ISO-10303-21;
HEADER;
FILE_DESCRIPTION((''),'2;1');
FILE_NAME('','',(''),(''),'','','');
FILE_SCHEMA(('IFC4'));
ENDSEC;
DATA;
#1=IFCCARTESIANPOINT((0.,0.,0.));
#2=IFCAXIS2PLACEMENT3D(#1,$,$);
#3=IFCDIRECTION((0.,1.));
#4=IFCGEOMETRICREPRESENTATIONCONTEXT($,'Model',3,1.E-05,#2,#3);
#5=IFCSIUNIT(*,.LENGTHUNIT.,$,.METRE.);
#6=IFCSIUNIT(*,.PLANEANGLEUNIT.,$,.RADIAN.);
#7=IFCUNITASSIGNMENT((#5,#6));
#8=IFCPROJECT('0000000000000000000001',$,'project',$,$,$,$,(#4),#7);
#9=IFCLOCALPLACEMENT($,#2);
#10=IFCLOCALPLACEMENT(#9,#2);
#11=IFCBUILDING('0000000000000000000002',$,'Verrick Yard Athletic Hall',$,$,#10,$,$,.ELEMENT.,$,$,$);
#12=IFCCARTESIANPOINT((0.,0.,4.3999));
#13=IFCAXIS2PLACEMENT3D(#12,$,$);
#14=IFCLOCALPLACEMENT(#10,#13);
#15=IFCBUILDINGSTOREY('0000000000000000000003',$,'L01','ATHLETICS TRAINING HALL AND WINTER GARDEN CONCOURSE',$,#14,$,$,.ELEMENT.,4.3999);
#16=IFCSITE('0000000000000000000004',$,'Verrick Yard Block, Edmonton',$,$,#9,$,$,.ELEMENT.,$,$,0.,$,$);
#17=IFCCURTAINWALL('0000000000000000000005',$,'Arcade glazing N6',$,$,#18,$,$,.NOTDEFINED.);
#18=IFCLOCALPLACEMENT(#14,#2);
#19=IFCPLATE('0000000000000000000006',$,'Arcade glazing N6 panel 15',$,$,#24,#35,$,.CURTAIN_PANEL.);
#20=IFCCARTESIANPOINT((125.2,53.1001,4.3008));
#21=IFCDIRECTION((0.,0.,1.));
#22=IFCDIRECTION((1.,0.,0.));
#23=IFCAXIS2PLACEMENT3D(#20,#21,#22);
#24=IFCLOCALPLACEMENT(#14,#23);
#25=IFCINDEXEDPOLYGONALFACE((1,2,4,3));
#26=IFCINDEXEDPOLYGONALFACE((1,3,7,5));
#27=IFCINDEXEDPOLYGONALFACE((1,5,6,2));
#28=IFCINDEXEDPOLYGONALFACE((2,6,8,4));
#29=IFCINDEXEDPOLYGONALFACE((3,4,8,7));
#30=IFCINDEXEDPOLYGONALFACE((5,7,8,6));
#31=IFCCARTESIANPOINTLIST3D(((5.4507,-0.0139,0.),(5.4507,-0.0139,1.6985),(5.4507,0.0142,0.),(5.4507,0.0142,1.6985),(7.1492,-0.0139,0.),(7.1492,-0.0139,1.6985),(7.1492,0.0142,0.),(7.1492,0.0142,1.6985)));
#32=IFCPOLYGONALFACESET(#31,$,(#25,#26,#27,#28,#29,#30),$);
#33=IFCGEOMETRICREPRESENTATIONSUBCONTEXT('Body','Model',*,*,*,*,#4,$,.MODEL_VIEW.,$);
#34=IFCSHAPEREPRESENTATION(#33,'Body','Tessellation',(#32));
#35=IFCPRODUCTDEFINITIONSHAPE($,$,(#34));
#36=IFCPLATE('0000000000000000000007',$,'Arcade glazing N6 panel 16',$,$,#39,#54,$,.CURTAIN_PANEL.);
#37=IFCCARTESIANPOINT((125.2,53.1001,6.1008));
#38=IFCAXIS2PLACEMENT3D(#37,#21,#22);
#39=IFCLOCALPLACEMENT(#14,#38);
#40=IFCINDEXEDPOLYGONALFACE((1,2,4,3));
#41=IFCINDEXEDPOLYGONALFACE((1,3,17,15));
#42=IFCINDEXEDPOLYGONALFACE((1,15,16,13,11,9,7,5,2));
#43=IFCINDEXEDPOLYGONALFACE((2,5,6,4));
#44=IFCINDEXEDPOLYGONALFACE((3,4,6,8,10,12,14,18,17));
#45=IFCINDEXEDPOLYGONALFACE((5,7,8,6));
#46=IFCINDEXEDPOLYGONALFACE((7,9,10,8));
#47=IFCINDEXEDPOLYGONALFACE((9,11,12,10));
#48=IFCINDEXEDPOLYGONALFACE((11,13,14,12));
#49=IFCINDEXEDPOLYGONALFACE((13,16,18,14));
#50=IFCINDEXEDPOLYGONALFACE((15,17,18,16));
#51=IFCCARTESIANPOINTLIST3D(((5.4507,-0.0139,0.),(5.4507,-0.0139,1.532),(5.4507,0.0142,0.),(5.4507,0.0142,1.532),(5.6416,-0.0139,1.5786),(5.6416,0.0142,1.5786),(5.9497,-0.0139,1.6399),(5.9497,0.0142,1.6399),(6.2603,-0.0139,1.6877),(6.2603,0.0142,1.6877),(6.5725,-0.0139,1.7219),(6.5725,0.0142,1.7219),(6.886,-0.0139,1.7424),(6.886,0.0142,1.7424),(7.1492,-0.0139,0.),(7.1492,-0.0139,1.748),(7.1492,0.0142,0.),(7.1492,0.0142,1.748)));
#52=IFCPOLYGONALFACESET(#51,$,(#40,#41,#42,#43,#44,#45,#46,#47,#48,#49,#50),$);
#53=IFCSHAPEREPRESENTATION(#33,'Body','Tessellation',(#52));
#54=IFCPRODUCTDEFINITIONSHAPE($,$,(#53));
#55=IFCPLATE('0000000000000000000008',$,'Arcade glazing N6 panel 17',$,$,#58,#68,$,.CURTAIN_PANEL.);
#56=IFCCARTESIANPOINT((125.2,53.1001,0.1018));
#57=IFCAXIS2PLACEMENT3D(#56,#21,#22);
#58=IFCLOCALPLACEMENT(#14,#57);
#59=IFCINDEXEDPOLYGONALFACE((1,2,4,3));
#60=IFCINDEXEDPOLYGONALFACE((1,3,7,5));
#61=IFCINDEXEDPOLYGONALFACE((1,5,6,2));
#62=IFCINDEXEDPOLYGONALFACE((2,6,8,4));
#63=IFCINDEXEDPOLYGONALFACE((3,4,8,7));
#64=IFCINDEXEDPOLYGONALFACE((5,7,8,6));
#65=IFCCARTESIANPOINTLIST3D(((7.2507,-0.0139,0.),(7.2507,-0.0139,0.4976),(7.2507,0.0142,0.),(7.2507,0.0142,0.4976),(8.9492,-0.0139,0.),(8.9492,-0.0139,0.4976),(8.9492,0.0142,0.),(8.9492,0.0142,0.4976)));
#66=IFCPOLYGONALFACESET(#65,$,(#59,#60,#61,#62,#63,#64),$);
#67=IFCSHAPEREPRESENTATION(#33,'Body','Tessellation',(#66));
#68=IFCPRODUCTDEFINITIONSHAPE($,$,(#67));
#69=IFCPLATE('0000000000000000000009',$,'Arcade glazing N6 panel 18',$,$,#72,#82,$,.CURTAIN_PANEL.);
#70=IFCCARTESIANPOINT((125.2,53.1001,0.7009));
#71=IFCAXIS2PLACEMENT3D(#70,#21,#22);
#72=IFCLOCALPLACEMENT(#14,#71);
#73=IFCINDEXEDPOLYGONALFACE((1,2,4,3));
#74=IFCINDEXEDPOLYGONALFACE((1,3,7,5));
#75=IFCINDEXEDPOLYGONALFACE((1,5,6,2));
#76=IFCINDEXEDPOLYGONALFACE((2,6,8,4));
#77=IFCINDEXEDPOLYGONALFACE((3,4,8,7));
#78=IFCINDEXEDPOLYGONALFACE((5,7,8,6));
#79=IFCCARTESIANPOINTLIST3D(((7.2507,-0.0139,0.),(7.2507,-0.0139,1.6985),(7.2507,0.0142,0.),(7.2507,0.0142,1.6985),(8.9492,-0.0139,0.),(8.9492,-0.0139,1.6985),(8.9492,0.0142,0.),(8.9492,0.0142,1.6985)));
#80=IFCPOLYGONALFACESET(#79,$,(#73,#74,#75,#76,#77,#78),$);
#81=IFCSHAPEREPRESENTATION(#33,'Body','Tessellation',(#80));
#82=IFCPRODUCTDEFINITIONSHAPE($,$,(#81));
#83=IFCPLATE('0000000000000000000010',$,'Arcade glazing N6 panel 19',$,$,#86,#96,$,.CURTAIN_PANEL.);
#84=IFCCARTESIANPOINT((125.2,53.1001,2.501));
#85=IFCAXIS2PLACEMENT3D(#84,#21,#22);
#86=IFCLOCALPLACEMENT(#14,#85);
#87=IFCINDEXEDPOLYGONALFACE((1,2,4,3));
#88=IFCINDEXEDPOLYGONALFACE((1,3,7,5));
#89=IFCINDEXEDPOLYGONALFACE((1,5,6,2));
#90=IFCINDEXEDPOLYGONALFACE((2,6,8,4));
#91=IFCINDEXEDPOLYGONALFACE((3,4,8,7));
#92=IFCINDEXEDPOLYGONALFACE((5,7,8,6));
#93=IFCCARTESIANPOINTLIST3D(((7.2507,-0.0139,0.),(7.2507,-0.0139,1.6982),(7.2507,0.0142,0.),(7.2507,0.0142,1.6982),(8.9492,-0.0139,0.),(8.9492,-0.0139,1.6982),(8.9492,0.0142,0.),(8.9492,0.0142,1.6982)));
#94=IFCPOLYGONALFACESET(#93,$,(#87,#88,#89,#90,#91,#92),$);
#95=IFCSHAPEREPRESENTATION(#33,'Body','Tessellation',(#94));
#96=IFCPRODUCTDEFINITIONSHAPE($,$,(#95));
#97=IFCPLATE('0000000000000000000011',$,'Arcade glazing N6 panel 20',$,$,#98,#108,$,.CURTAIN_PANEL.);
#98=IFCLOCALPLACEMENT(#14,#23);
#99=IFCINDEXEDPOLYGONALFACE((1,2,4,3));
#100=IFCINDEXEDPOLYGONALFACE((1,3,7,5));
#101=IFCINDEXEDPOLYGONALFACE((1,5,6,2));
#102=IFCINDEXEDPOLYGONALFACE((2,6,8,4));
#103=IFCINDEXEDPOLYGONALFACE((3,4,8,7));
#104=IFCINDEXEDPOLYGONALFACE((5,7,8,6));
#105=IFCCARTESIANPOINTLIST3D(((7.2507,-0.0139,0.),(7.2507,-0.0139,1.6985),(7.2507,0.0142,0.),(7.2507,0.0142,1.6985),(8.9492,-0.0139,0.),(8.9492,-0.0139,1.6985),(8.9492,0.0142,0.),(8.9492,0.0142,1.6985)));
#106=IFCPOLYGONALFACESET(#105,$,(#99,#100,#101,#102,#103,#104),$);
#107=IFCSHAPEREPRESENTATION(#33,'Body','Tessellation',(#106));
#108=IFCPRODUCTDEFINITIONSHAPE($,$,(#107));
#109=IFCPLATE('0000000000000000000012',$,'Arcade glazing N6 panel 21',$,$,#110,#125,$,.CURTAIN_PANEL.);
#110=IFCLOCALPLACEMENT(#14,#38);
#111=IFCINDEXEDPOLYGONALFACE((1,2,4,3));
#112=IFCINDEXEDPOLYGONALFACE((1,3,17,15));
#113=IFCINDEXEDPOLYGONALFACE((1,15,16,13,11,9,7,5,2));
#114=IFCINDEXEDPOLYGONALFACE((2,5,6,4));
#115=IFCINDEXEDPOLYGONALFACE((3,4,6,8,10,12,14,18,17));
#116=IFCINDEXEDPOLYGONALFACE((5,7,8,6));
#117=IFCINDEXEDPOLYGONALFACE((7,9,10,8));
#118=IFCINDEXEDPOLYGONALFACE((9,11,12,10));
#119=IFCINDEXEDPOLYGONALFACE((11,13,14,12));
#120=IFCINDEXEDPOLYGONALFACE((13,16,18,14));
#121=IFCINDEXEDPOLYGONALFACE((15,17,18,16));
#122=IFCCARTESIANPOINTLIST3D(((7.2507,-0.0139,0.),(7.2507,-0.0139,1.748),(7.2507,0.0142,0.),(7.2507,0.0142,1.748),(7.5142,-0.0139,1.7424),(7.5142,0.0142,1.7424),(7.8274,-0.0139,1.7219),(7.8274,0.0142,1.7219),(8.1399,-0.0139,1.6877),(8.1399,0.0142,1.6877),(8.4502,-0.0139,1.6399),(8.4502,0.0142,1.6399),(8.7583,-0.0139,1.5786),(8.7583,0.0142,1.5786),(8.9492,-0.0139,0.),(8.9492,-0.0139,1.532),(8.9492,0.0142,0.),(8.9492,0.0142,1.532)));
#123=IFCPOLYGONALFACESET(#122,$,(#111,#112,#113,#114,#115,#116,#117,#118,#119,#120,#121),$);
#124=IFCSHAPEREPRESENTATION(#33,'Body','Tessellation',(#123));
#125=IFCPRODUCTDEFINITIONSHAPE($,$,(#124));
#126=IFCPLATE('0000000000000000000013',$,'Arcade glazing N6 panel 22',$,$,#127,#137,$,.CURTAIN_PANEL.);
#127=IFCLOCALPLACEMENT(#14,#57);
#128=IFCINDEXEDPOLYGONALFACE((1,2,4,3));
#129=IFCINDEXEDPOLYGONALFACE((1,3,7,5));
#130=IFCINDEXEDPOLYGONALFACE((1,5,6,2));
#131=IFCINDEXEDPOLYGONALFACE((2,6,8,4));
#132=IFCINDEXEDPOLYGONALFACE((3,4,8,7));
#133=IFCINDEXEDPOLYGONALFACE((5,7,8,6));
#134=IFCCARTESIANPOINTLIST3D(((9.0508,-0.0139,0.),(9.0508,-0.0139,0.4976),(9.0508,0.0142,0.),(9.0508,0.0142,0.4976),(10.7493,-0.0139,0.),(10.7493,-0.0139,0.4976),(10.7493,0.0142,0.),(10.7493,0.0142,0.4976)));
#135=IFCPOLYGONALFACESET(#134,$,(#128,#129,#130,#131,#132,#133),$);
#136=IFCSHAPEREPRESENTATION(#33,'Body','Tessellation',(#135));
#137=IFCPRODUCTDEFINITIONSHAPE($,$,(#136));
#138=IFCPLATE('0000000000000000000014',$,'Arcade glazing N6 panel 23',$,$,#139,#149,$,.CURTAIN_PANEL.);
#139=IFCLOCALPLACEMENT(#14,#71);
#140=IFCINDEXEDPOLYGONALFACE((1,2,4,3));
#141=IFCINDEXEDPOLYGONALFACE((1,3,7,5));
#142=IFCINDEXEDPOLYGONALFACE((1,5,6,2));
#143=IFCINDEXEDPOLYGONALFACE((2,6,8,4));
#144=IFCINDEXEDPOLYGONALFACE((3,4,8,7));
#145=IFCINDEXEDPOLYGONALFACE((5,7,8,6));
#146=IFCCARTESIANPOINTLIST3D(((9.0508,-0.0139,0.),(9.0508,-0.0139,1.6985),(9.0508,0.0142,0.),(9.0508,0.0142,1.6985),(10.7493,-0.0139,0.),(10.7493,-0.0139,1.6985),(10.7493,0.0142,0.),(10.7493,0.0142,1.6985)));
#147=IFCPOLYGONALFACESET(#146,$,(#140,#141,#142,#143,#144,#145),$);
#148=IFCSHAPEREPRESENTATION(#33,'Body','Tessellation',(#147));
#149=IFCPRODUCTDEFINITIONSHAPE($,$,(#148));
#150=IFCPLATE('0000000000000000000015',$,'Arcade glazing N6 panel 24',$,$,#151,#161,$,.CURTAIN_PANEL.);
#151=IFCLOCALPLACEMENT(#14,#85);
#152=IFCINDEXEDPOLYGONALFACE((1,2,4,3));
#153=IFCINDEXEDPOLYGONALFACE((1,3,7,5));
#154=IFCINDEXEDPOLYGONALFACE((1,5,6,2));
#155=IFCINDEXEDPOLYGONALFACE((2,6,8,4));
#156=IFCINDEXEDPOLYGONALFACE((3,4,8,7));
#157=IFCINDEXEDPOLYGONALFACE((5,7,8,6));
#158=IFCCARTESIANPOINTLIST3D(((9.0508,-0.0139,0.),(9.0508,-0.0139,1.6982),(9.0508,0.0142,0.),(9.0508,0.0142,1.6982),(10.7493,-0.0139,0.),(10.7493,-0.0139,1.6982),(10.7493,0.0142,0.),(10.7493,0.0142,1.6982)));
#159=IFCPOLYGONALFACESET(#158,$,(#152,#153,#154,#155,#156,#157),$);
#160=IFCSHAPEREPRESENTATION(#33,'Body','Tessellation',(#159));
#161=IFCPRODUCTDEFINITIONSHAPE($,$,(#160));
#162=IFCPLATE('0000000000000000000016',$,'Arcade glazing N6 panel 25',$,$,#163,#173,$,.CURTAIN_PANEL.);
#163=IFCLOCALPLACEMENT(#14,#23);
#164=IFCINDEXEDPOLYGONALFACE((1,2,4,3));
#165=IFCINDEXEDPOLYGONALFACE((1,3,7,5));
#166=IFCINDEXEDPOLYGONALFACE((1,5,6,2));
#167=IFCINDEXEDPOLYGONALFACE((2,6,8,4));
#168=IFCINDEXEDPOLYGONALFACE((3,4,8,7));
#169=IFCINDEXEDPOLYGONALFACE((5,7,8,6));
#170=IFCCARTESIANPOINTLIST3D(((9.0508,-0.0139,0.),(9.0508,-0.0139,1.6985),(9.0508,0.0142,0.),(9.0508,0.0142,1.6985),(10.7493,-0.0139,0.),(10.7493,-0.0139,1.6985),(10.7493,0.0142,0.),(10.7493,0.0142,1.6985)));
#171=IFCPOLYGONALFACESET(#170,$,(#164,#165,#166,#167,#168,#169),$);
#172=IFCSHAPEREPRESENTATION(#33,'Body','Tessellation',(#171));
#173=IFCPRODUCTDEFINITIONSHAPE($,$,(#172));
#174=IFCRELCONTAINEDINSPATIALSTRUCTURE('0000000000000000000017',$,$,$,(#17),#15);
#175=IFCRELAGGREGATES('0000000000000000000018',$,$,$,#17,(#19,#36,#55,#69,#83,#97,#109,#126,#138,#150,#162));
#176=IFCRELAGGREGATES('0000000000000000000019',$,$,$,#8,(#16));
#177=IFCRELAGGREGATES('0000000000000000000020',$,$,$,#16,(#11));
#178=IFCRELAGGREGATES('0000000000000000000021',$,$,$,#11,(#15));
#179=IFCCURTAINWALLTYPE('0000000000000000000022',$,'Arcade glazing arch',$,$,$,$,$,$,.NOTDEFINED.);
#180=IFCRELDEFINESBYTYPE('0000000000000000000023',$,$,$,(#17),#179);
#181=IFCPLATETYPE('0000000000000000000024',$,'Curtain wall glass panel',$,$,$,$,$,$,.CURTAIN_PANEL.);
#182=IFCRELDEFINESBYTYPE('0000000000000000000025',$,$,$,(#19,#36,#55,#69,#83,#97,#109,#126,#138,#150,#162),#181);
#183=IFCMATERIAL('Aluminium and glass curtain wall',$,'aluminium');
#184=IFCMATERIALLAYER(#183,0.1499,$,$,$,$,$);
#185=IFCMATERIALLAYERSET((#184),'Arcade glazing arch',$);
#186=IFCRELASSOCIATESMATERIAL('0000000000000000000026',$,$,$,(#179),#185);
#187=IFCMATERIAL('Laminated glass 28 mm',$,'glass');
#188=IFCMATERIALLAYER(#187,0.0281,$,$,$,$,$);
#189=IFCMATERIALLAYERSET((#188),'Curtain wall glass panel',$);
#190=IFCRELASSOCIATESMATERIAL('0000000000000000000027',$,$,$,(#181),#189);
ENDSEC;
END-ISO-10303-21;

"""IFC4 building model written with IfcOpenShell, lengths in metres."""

from ifc_helpers import new_model, si_unit, direction, frame, origin, place, context, subcontext, project, spatial, polyline, outline, extrude, material, layer, layer_set, type_object, element, aggregate, save


model = new_model("IFC4")

# Units and contexts
model_context = context("Model", 3, precision=1e-05, world=origin(), true_north=direction((0.0, 1.0)))
body_context = subcontext(model_context, "Body", "Model", "MODEL_VIEW")
ifc_project = project(units=[si_unit("LENGTHUNIT", "METRE"), si_unit("PLANEANGLEUNIT", "RADIAN")], contexts=[model_context])

# Site, building, storey
site_placement = place(None, origin())
site = spatial("IfcSite", under=ifc_project, at=site_placement, Name="Verrick Yard Block, Edmonton", CompositionType="ELEMENT", RefElevation=0.0)
building_placement = place(site_placement, origin())
building = spatial("IfcBuilding", under=site, at=building_placement, Name="Verrick Yard Athletic Hall", CompositionType="ELEMENT")
storey_placement = place(building_placement, frame((0.0, 0.0, 4.3999)))
storey = spatial("IfcBuildingStorey", under=building, at=storey_placement, Name="L01", Description="ATHLETICS TRAINING HALL AND WINTER GARDEN CONCOURSE", CompositionType="ELEMENT", Elevation=4.3999)

# Curtain wall, plates
ifc_material_1 = material(Name="Aluminium and glass curtain wall", Category="aluminium")
ifc_layer_1 = layer(ifc_material_1, 0.1499)
ifc_layer_set_1 = layer_set([ifc_layer_1], Name="Arcade glazing arch")
curtain_wall_type = type_object("IfcCurtainWallType", Name="Arcade glazing arch", PredefinedType="NOTDEFINED", material=ifc_layer_set_1)
curtain_wall_placement = place(storey_placement, origin())
curtain_wall = element("IfcCurtainWall", 1, at=curtain_wall_placement, inside=storey, type_object=curtain_wall_type, Name="Arcade glazing N6", PredefinedType="NOTDEFINED")
ifc_material_2 = material(Name="Laminated glass 28 mm", Category="glass")
ifc_layer_2 = layer(ifc_material_2, 0.0281)
ifc_layer_set_2 = layer_set([ifc_layer_2], Name="Curtain wall glass panel")
plate_type = type_object("IfcPlateType", Name="Curtain wall glass panel", PredefinedType="CURTAIN_PANEL", material=ifc_layer_set_2)
plate_1_placement = place(storey_placement, frame((125.2, 53.1001, 4.3008), z_axis=(0.0, 0.0, 1.0), x_axis=(1.0, 0.0, 0.0)))
plate_1 = element("IfcPlate", 2, at=plate_1_placement, type_object=plate_type, Name="Arcade glazing N6 panel 15", PredefinedType="CURTAIN_PANEL", context=body_context, shape_type="SweptSolid", body=[
    extrude(outline(polyline([(7.1492, 0.0), (7.1492, 1.6985), (5.4507, 1.6985), (5.4507, 0.0), (7.1492, 0.0)])), frame((0.0, 0.0142, 0.0), z_axis=(0.0, -1.0, 0.0), x_axis=(1.0, 0.0, 0.0)), (0.0, 0.0, 1.0), 0.0281),
])
plate_2_placement = place(storey_placement, frame((125.2, 53.1001, 6.1008), z_axis=(0.0, 0.0, 1.0), x_axis=(1.0, 0.0, 0.0)))
plate_2 = element("IfcPlate", 3, at=plate_2_placement, type_object=plate_type, Name="Arcade glazing N6 panel 16", PredefinedType="CURTAIN_PANEL", context=body_context, shape_type="SweptSolid", body=[
    extrude(outline(polyline([(7.1492, 1.748), (6.886, 1.7424), (6.5725, 1.7219), (6.2603, 1.6877), (5.9497, 1.6399), (5.6416, 1.5786), (5.4507, 1.532), (5.4507, 0.0), (7.1492, 0.0), (7.1492, 1.748)])), frame((0.0, 0.0142, 0.0), z_axis=(0.0, -1.0, 0.0), x_axis=(1.0, 0.0, 0.0)), (0.0, 0.0, 1.0), 0.0281),
])
plate_3_placement = place(storey_placement, frame((125.2, 53.1001, 0.1018), z_axis=(0.0, 0.0, 1.0), x_axis=(1.0, 0.0, 0.0)))
plate_3 = element("IfcPlate", 4, at=plate_3_placement, type_object=plate_type, Name="Arcade glazing N6 panel 17", PredefinedType="CURTAIN_PANEL", context=body_context, shape_type="SweptSolid", body=[
    extrude(outline(polyline([(8.9492, 0.0), (8.9492, 0.4976), (7.2507, 0.4976), (7.2507, 0.0), (8.9492, 0.0)])), frame((0.0, 0.0142, 0.0), z_axis=(0.0, -1.0, 0.0), x_axis=(1.0, 0.0, 0.0)), (0.0, 0.0, 1.0), 0.0281),
])
plate_4_placement = place(storey_placement, frame((125.2, 53.1001, 0.7009), z_axis=(0.0, 0.0, 1.0), x_axis=(1.0, 0.0, 0.0)))
plate_4 = element("IfcPlate", 5, at=plate_4_placement, type_object=plate_type, Name="Arcade glazing N6 panel 18", PredefinedType="CURTAIN_PANEL", context=body_context, shape_type="SweptSolid", body=[
    extrude(outline(polyline([(8.9492, 0.0), (8.9492, 1.6985), (7.2507, 1.6985), (7.2507, 0.0), (8.9492, 0.0)])), frame((0.0, 0.0142, 0.0), z_axis=(0.0, -1.0, 0.0), x_axis=(1.0, 0.0, 0.0)), (0.0, 0.0, 1.0), 0.0281),
])
plate_5_placement = place(storey_placement, frame((125.2, 53.1001, 2.501), z_axis=(0.0, 0.0, 1.0), x_axis=(1.0, 0.0, 0.0)))
plate_5 = element("IfcPlate", 6, at=plate_5_placement, type_object=plate_type, Name="Arcade glazing N6 panel 19", PredefinedType="CURTAIN_PANEL", context=body_context, shape_type="SweptSolid", body=[
    extrude(outline(polyline([(8.9492, 0.0), (8.9492, 1.6982), (7.2507, 1.6982), (7.2507, 0.0), (8.9492, 0.0)])), frame((0.0, 0.0142, 0.0), z_axis=(0.0, -1.0, 0.0), x_axis=(1.0, 0.0, 0.0)), (0.0, 0.0, 1.0), 0.0281),
])
plate_6_placement = place(storey_placement, frame((125.2, 53.1001, 4.3008), z_axis=(0.0, 0.0, 1.0), x_axis=(1.0, 0.0, 0.0)))
plate_6 = element("IfcPlate", 7, at=plate_6_placement, type_object=plate_type, Name="Arcade glazing N6 panel 20", PredefinedType="CURTAIN_PANEL", context=body_context, shape_type="SweptSolid", body=[
    extrude(outline(polyline([(8.9492, 0.0), (8.9492, 1.6985), (7.2507, 1.6985), (7.2507, 0.0), (8.9492, 0.0)])), frame((0.0, 0.0142, 0.0), z_axis=(0.0, -1.0, 0.0), x_axis=(1.0, 0.0, 0.0)), (0.0, 0.0, 1.0), 0.0281),
])
plate_7_placement = place(storey_placement, frame((125.2, 53.1001, 6.1008), z_axis=(0.0, 0.0, 1.0), x_axis=(1.0, 0.0, 0.0)))
plate_7 = element("IfcPlate", 8, at=plate_7_placement, type_object=plate_type, Name="Arcade glazing N6 panel 21", PredefinedType="CURTAIN_PANEL", context=body_context, shape_type="SweptSolid", body=[
    extrude(outline(polyline([(8.9492, 1.532), (8.7583, 1.5786), (8.4502, 1.6399), (8.1399, 1.6877), (7.8274, 1.7219), (7.5142, 1.7424), (7.2507, 1.748), (7.2507, 0.0), (8.9492, 0.0), (8.9492, 1.532)])), frame((0.0, 0.0142, 0.0), z_axis=(0.0, -1.0, 0.0), x_axis=(1.0, 0.0, 0.0)), (0.0, 0.0, 1.0), 0.0281),
])
plate_8_placement = place(storey_placement, frame((125.2, 53.1001, 0.1018), z_axis=(0.0, 0.0, 1.0), x_axis=(1.0, 0.0, 0.0)))
plate_8 = element("IfcPlate", 9, at=plate_8_placement, type_object=plate_type, Name="Arcade glazing N6 panel 22", PredefinedType="CURTAIN_PANEL", context=body_context, shape_type="SweptSolid", body=[
    extrude(outline(polyline([(10.7493, 0.0), (10.7493, 0.4976), (9.0508, 0.4976), (9.0508, 0.0), (10.7493, 0.0)])), frame((0.0, 0.0142, 0.0), z_axis=(0.0, -1.0, 0.0), x_axis=(1.0, 0.0, 0.0)), (0.0, 0.0, 1.0), 0.0281),
])
plate_9_placement = place(storey_placement, frame((125.2, 53.1001, 0.7009), z_axis=(0.0, 0.0, 1.0), x_axis=(1.0, 0.0, 0.0)))
plate_9 = element("IfcPlate", 10, at=plate_9_placement, type_object=plate_type, Name="Arcade glazing N6 panel 23", PredefinedType="CURTAIN_PANEL", context=body_context, shape_type="SweptSolid", body=[
    extrude(outline(polyline([(10.7493, 0.0), (10.7493, 1.6985), (9.0508, 1.6985), (9.0508, 0.0), (10.7493, 0.0)])), frame((0.0, 0.0142, 0.0), z_axis=(0.0, -1.0, 0.0), x_axis=(1.0, 0.0, 0.0)), (0.0, 0.0, 1.0), 0.0281),
])
plate_10_placement = place(storey_placement, frame((125.2, 53.1001, 2.501), z_axis=(0.0, 0.0, 1.0), x_axis=(1.0, 0.0, 0.0)))
plate_10 = element("IfcPlate", 11, at=plate_10_placement, type_object=plate_type, Name="Arcade glazing N6 panel 24", PredefinedType="CURTAIN_PANEL", context=body_context, shape_type="SweptSolid", body=[
    extrude(outline(polyline([(10.7493, 0.0), (10.7493, 1.6982), (9.0508, 1.6982), (9.0508, 0.0), (10.7493, 0.0)])), frame((0.0, 0.0142, 0.0), z_axis=(0.0, -1.0, 0.0), x_axis=(1.0, 0.0, 0.0)), (0.0, 0.0, 1.0), 0.0281),
])
plate_11_placement = place(storey_placement, frame((125.2, 53.1001, 4.3008), z_axis=(0.0, 0.0, 1.0), x_axis=(1.0, 0.0, 0.0)))
plate_11 = element("IfcPlate", 12, at=plate_11_placement, type_object=plate_type, Name="Arcade glazing N6 panel 25", PredefinedType="CURTAIN_PANEL", context=body_context, shape_type="SweptSolid", body=[
    extrude(outline(polyline([(10.7493, 0.0), (10.7493, 1.6985), (9.0508, 1.6985), (9.0508, 0.0), (10.7493, 0.0)])), frame((0.0, 0.0142, 0.0), z_axis=(0.0, -1.0, 0.0), x_axis=(1.0, 0.0, 0.0)), (0.0, 0.0, 1.0), 0.0281),
])
aggregate(curtain_wall, [plate_1, plate_2, plate_3, plate_4, plate_5, plate_6, plate_7, plate_8, plate_9, plate_10, plate_11])

save(model, "model.ifc")
